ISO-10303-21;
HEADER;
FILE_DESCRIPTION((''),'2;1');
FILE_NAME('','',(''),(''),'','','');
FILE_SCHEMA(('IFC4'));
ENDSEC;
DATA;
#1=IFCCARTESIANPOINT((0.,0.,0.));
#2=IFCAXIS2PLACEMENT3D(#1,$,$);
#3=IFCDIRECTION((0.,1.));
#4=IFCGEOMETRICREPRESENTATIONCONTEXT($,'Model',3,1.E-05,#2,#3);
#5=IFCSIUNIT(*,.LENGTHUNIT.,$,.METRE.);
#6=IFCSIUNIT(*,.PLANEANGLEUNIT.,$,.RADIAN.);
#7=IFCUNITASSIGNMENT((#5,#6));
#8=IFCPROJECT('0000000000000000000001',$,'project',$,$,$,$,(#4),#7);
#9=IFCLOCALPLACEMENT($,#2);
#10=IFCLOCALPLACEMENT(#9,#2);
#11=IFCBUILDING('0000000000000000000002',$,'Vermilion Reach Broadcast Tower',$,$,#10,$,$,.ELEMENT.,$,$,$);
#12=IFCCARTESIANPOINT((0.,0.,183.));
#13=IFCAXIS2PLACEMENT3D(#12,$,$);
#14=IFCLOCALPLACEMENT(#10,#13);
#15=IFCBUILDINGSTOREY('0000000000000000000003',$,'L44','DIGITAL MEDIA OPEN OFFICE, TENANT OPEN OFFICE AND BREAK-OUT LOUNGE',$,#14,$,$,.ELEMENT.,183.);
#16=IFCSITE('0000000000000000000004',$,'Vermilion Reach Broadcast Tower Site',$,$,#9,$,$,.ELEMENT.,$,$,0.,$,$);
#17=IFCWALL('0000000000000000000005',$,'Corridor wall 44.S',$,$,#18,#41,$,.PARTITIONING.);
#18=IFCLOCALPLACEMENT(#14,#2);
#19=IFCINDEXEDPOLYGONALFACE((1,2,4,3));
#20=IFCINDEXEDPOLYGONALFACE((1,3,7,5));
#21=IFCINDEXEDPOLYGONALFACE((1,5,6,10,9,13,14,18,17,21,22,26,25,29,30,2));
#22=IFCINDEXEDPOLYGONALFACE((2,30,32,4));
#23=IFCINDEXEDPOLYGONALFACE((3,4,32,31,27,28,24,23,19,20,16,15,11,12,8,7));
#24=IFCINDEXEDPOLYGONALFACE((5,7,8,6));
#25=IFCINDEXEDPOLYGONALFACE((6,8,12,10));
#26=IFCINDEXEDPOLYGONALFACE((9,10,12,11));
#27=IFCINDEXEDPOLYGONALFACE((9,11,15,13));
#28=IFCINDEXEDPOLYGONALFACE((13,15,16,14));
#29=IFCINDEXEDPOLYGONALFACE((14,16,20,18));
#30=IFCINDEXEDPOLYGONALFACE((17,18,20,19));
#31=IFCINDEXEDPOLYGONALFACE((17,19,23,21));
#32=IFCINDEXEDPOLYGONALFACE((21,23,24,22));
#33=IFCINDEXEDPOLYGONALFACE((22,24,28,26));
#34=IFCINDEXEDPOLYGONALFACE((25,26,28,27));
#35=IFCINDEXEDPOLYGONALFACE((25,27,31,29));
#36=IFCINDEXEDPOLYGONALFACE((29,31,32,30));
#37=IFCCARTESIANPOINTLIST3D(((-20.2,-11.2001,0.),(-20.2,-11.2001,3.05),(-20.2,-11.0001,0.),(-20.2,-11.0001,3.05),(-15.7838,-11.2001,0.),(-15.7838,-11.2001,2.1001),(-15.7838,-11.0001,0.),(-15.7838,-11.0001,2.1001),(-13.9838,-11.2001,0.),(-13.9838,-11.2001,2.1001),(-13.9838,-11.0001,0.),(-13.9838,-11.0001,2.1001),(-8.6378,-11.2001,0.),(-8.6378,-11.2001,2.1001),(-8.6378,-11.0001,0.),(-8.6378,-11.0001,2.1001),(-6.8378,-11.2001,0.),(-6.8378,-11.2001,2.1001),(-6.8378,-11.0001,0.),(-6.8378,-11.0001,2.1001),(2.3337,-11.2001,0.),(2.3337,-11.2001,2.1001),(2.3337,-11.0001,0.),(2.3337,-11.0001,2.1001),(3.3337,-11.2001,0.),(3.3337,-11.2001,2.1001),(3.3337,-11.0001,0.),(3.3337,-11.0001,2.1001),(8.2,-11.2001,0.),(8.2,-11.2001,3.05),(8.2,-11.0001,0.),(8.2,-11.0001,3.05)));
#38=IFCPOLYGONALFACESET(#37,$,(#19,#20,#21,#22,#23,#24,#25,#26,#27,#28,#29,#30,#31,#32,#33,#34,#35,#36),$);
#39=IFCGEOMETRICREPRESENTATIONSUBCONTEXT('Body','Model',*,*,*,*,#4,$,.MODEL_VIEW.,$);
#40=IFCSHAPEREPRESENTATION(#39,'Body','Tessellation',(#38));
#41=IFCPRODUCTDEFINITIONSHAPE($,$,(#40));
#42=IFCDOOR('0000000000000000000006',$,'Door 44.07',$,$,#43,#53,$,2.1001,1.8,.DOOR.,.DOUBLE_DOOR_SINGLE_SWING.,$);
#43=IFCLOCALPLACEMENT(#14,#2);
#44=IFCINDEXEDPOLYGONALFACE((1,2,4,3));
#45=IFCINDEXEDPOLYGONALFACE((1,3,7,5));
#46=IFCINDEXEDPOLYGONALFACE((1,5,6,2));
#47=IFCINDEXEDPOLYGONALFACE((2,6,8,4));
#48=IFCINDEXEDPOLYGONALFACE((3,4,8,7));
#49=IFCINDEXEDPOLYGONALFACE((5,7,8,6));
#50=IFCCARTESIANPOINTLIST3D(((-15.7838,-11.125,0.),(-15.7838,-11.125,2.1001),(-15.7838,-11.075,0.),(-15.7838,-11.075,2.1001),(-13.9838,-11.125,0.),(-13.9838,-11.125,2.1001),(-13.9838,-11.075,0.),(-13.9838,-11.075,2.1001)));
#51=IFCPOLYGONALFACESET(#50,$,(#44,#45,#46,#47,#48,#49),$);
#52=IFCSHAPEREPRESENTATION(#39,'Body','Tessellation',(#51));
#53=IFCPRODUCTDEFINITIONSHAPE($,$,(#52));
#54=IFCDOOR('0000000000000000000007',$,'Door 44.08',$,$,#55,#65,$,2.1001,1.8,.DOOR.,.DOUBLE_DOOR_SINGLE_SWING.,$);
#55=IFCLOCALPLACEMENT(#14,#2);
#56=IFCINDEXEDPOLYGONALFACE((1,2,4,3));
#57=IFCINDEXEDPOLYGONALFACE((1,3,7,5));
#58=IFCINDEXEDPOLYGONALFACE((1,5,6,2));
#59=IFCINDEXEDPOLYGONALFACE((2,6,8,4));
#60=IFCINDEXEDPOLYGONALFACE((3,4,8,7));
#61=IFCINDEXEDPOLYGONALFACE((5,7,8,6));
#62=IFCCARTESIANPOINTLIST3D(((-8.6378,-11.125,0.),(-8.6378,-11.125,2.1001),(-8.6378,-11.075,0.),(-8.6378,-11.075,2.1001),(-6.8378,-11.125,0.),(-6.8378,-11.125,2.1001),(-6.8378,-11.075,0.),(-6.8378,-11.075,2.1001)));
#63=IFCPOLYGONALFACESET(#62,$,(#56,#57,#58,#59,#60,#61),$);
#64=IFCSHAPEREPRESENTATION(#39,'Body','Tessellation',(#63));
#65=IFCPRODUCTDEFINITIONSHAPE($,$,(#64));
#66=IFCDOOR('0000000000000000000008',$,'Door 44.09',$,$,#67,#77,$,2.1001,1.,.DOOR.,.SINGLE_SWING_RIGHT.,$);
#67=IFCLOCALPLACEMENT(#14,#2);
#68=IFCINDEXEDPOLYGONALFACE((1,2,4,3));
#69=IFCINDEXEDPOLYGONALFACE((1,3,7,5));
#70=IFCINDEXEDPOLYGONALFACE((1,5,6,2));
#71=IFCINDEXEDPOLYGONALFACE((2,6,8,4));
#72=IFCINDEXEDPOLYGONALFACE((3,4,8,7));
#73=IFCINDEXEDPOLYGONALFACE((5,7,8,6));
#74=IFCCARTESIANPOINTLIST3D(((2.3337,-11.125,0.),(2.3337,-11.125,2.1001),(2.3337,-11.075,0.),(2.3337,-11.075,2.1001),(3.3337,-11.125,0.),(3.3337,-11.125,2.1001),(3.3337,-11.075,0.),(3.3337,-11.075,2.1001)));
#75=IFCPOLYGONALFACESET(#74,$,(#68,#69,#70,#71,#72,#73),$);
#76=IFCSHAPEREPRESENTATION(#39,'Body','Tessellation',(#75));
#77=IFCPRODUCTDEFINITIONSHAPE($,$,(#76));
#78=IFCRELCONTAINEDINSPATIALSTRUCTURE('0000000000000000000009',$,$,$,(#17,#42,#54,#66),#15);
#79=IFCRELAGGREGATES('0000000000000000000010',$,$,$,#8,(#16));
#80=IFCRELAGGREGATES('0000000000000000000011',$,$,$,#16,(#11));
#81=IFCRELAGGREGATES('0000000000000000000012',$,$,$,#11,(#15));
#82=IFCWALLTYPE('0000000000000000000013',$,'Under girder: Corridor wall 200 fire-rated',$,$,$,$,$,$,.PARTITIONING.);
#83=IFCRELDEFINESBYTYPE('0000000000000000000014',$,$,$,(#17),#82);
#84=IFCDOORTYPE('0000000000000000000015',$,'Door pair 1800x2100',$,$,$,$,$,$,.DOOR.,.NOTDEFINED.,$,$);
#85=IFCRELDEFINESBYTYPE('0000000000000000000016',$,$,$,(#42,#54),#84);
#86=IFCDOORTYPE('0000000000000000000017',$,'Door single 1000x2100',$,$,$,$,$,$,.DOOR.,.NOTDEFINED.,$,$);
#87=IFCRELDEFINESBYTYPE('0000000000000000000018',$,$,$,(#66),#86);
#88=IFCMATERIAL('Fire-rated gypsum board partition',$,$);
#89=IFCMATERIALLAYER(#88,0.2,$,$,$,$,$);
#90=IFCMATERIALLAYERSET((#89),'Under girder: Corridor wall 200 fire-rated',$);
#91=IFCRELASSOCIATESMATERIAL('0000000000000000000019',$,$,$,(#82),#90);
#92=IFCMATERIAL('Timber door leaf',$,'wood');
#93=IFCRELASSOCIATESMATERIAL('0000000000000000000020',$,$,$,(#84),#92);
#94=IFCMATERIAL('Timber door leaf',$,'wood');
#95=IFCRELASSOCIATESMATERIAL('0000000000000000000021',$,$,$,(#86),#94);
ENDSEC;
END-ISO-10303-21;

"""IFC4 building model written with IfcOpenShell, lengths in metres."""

from ifc_helpers import new_model, si_unit, direction, frame, frame_2d, origin, place, context, subcontext, project, spatial, rectangle, extrude, material, layer, layer_set, type_object, element, fill, save


model = new_model("IFC4")

# Units and contexts
model_context = context("Model", 3, precision=1e-05, world=origin(), true_north=direction((0.0, 1.0)))
body_context = subcontext(model_context, "Body", "Model", "MODEL_VIEW")
ifc_project = project(units=[si_unit("LENGTHUNIT", "METRE"), si_unit("PLANEANGLEUNIT", "RADIAN")], contexts=[model_context])

# Site, building, storey
site_placement = place(None, origin())
site = spatial("IfcSite", under=ifc_project, at=site_placement, Name="Vermilion Reach Broadcast Tower Site", CompositionType="ELEMENT", RefElevation=0.0)
building_placement = place(site_placement, origin())
building = spatial("IfcBuilding", under=site, at=building_placement, Name="Vermilion Reach Broadcast Tower", CompositionType="ELEMENT")
storey_placement = place(building_placement, frame((0.0, 0.0, 183.0)))
storey = spatial("IfcBuildingStorey", under=building, at=storey_placement, Name="L44", Description="DIGITAL MEDIA OPEN OFFICE, TENANT OPEN OFFICE AND BREAK-OUT LOUNGE", CompositionType="ELEMENT", Elevation=183.0)

# Wall, openings, doors
ifc_material_1 = material(Name="Fire-rated gypsum board partition")
ifc_layer_1 = layer(ifc_material_1, 0.2)
ifc_layer_set_1 = layer_set([ifc_layer_1], Name="Under girder: Corridor wall 200 fire-rated")
wall_type_1 = type_object("IfcWallType", Name="Under girder: Corridor wall 200 fire-rated", PredefinedType="PARTITIONING", material=ifc_layer_set_1)
wall_1_placement = place(storey_placement, frame((8.2, -11.1001, 0.0), z_axis=(0.0, 0.0, 1.0), x_axis=(-1.0, 0.0, 0.0)))
wall_1 = element("IfcWall", 1, at=wall_1_placement, inside=storey, type_object=wall_type_1, Name="Corridor wall 44.S", PredefinedType="PARTITIONING", context=body_context, shape_type="SweptSolid", body=[
    extrude(rectangle(XDim=28.3999, YDim=0.2, at=frame_2d((14.2, 0.0))), origin(), (0.0, 0.0, 1.0), 3.05),
])
opening_1_placement = place(wall_1_placement, frame((22.1838, 0.0, 0.0)))
opening_1 = element("IfcOpeningElement", 2, at=opening_1_placement, cuts=wall_1, PredefinedType="OPENING", context=body_context, shape_type="SweptSolid", body=[
    extrude(rectangle(XDim=1.8, YDim=2.1001, at=frame_2d((0.8999, 1.05))), frame((0.0, 0.1099, 0.0), z_axis=(0.0, -1.0, 0.0), x_axis=(1.0, 0.0, 0.0)), (0.0, 0.0, 1.0), 0.22),
])
opening_2_placement = place(wall_1_placement, frame((15.0378, 0.0, 0.0)))
opening_2 = element("IfcOpeningElement", 3, at=opening_2_placement, cuts=wall_1, PredefinedType="OPENING", context=body_context, shape_type="SweptSolid", body=[
    extrude(rectangle(XDim=1.8, YDim=2.1001, at=frame_2d((0.8999, 1.05))), frame((0.0, 0.1099, 0.0), z_axis=(0.0, -1.0, 0.0), x_axis=(1.0, 0.0, 0.0)), (0.0, 0.0, 1.0), 0.22),
])
opening_3_placement = place(wall_1_placement, frame((4.8662, 0.0, 0.0)))
opening_3 = element("IfcOpeningElement", 4, at=opening_3_placement, cuts=wall_1, PredefinedType="OPENING", context=body_context, shape_type="SweptSolid", body=[
    extrude(rectangle(XDim=1.0, YDim=2.1001, at=frame_2d((0.5, 1.05))), frame((0.0, 0.1099, 0.0), z_axis=(0.0, -1.0, 0.0), x_axis=(1.0, 0.0, 0.0)), (0.0, 0.0, 1.0), 0.22),
])
ifc_material_2 = material(Name="Timber door leaf", Category="wood")
door_type_1 = type_object("IfcDoorType", Name="Door pair 1800x2100", OperationType="NOTDEFINED", PredefinedType="DOOR", material=ifc_material_2)
door_1_placement = place(opening_1_placement, origin())
door_1 = element("IfcDoor", 5, at=door_1_placement, inside=storey, type_object=door_type_1, Name="Door 44.07", OperationType="DOUBLE_DOOR_SINGLE_SWING", OverallHeight=2.1001, OverallWidth=1.8, PredefinedType="DOOR", context=body_context, shape_type="SweptSolid", body=[
    extrude(rectangle(XDim=1.8, YDim=2.1001, at=frame_2d((0.8999, 1.05))), frame((0.0, 0.0249, 0.0), z_axis=(0.0, -1.0, 0.0), x_axis=(1.0, 0.0, 0.0)), (0.0, 0.0, 1.0), 0.05),
])
fill(opening_1, door_1)
door_2_placement = place(opening_2_placement, origin())
door_2 = element("IfcDoor", 6, at=door_2_placement, inside=storey, type_object=door_type_1, Name="Door 44.08", OperationType="DOUBLE_DOOR_SINGLE_SWING", OverallHeight=2.1001, OverallWidth=1.8, PredefinedType="DOOR", context=body_context, shape_type="SweptSolid", body=[
    extrude(rectangle(XDim=1.8, YDim=2.1001, at=frame_2d((0.8999, 1.05))), frame((0.0, 0.0249, 0.0), z_axis=(0.0, -1.0, 0.0), x_axis=(1.0, 0.0, 0.0)), (0.0, 0.0, 1.0), 0.05),
])
fill(opening_2, door_2)
ifc_material_3 = material(Name="Timber door leaf", Category="wood")
door_type_2 = type_object("IfcDoorType", Name="Door single 1000x2100", OperationType="NOTDEFINED", PredefinedType="DOOR", material=ifc_material_3)
door_3_placement = place(opening_3_placement, origin())
door_3 = element("IfcDoor", 7, at=door_3_placement, inside=storey, type_object=door_type_2, Name="Door 44.09", OperationType="SINGLE_SWING_RIGHT", OverallHeight=2.1001, OverallWidth=1.0, PredefinedType="DOOR", context=body_context, shape_type="SweptSolid", body=[
    extrude(rectangle(XDim=1.0, YDim=2.1001, at=frame_2d((0.5, 1.05))), frame((0.0, 0.0249, 0.0), z_axis=(0.0, -1.0, 0.0), x_axis=(1.0, 0.0, 0.0)), (0.0, 0.0, 1.0), 0.05),
])
fill(opening_3, door_3)

save(model, "model.ifc")
